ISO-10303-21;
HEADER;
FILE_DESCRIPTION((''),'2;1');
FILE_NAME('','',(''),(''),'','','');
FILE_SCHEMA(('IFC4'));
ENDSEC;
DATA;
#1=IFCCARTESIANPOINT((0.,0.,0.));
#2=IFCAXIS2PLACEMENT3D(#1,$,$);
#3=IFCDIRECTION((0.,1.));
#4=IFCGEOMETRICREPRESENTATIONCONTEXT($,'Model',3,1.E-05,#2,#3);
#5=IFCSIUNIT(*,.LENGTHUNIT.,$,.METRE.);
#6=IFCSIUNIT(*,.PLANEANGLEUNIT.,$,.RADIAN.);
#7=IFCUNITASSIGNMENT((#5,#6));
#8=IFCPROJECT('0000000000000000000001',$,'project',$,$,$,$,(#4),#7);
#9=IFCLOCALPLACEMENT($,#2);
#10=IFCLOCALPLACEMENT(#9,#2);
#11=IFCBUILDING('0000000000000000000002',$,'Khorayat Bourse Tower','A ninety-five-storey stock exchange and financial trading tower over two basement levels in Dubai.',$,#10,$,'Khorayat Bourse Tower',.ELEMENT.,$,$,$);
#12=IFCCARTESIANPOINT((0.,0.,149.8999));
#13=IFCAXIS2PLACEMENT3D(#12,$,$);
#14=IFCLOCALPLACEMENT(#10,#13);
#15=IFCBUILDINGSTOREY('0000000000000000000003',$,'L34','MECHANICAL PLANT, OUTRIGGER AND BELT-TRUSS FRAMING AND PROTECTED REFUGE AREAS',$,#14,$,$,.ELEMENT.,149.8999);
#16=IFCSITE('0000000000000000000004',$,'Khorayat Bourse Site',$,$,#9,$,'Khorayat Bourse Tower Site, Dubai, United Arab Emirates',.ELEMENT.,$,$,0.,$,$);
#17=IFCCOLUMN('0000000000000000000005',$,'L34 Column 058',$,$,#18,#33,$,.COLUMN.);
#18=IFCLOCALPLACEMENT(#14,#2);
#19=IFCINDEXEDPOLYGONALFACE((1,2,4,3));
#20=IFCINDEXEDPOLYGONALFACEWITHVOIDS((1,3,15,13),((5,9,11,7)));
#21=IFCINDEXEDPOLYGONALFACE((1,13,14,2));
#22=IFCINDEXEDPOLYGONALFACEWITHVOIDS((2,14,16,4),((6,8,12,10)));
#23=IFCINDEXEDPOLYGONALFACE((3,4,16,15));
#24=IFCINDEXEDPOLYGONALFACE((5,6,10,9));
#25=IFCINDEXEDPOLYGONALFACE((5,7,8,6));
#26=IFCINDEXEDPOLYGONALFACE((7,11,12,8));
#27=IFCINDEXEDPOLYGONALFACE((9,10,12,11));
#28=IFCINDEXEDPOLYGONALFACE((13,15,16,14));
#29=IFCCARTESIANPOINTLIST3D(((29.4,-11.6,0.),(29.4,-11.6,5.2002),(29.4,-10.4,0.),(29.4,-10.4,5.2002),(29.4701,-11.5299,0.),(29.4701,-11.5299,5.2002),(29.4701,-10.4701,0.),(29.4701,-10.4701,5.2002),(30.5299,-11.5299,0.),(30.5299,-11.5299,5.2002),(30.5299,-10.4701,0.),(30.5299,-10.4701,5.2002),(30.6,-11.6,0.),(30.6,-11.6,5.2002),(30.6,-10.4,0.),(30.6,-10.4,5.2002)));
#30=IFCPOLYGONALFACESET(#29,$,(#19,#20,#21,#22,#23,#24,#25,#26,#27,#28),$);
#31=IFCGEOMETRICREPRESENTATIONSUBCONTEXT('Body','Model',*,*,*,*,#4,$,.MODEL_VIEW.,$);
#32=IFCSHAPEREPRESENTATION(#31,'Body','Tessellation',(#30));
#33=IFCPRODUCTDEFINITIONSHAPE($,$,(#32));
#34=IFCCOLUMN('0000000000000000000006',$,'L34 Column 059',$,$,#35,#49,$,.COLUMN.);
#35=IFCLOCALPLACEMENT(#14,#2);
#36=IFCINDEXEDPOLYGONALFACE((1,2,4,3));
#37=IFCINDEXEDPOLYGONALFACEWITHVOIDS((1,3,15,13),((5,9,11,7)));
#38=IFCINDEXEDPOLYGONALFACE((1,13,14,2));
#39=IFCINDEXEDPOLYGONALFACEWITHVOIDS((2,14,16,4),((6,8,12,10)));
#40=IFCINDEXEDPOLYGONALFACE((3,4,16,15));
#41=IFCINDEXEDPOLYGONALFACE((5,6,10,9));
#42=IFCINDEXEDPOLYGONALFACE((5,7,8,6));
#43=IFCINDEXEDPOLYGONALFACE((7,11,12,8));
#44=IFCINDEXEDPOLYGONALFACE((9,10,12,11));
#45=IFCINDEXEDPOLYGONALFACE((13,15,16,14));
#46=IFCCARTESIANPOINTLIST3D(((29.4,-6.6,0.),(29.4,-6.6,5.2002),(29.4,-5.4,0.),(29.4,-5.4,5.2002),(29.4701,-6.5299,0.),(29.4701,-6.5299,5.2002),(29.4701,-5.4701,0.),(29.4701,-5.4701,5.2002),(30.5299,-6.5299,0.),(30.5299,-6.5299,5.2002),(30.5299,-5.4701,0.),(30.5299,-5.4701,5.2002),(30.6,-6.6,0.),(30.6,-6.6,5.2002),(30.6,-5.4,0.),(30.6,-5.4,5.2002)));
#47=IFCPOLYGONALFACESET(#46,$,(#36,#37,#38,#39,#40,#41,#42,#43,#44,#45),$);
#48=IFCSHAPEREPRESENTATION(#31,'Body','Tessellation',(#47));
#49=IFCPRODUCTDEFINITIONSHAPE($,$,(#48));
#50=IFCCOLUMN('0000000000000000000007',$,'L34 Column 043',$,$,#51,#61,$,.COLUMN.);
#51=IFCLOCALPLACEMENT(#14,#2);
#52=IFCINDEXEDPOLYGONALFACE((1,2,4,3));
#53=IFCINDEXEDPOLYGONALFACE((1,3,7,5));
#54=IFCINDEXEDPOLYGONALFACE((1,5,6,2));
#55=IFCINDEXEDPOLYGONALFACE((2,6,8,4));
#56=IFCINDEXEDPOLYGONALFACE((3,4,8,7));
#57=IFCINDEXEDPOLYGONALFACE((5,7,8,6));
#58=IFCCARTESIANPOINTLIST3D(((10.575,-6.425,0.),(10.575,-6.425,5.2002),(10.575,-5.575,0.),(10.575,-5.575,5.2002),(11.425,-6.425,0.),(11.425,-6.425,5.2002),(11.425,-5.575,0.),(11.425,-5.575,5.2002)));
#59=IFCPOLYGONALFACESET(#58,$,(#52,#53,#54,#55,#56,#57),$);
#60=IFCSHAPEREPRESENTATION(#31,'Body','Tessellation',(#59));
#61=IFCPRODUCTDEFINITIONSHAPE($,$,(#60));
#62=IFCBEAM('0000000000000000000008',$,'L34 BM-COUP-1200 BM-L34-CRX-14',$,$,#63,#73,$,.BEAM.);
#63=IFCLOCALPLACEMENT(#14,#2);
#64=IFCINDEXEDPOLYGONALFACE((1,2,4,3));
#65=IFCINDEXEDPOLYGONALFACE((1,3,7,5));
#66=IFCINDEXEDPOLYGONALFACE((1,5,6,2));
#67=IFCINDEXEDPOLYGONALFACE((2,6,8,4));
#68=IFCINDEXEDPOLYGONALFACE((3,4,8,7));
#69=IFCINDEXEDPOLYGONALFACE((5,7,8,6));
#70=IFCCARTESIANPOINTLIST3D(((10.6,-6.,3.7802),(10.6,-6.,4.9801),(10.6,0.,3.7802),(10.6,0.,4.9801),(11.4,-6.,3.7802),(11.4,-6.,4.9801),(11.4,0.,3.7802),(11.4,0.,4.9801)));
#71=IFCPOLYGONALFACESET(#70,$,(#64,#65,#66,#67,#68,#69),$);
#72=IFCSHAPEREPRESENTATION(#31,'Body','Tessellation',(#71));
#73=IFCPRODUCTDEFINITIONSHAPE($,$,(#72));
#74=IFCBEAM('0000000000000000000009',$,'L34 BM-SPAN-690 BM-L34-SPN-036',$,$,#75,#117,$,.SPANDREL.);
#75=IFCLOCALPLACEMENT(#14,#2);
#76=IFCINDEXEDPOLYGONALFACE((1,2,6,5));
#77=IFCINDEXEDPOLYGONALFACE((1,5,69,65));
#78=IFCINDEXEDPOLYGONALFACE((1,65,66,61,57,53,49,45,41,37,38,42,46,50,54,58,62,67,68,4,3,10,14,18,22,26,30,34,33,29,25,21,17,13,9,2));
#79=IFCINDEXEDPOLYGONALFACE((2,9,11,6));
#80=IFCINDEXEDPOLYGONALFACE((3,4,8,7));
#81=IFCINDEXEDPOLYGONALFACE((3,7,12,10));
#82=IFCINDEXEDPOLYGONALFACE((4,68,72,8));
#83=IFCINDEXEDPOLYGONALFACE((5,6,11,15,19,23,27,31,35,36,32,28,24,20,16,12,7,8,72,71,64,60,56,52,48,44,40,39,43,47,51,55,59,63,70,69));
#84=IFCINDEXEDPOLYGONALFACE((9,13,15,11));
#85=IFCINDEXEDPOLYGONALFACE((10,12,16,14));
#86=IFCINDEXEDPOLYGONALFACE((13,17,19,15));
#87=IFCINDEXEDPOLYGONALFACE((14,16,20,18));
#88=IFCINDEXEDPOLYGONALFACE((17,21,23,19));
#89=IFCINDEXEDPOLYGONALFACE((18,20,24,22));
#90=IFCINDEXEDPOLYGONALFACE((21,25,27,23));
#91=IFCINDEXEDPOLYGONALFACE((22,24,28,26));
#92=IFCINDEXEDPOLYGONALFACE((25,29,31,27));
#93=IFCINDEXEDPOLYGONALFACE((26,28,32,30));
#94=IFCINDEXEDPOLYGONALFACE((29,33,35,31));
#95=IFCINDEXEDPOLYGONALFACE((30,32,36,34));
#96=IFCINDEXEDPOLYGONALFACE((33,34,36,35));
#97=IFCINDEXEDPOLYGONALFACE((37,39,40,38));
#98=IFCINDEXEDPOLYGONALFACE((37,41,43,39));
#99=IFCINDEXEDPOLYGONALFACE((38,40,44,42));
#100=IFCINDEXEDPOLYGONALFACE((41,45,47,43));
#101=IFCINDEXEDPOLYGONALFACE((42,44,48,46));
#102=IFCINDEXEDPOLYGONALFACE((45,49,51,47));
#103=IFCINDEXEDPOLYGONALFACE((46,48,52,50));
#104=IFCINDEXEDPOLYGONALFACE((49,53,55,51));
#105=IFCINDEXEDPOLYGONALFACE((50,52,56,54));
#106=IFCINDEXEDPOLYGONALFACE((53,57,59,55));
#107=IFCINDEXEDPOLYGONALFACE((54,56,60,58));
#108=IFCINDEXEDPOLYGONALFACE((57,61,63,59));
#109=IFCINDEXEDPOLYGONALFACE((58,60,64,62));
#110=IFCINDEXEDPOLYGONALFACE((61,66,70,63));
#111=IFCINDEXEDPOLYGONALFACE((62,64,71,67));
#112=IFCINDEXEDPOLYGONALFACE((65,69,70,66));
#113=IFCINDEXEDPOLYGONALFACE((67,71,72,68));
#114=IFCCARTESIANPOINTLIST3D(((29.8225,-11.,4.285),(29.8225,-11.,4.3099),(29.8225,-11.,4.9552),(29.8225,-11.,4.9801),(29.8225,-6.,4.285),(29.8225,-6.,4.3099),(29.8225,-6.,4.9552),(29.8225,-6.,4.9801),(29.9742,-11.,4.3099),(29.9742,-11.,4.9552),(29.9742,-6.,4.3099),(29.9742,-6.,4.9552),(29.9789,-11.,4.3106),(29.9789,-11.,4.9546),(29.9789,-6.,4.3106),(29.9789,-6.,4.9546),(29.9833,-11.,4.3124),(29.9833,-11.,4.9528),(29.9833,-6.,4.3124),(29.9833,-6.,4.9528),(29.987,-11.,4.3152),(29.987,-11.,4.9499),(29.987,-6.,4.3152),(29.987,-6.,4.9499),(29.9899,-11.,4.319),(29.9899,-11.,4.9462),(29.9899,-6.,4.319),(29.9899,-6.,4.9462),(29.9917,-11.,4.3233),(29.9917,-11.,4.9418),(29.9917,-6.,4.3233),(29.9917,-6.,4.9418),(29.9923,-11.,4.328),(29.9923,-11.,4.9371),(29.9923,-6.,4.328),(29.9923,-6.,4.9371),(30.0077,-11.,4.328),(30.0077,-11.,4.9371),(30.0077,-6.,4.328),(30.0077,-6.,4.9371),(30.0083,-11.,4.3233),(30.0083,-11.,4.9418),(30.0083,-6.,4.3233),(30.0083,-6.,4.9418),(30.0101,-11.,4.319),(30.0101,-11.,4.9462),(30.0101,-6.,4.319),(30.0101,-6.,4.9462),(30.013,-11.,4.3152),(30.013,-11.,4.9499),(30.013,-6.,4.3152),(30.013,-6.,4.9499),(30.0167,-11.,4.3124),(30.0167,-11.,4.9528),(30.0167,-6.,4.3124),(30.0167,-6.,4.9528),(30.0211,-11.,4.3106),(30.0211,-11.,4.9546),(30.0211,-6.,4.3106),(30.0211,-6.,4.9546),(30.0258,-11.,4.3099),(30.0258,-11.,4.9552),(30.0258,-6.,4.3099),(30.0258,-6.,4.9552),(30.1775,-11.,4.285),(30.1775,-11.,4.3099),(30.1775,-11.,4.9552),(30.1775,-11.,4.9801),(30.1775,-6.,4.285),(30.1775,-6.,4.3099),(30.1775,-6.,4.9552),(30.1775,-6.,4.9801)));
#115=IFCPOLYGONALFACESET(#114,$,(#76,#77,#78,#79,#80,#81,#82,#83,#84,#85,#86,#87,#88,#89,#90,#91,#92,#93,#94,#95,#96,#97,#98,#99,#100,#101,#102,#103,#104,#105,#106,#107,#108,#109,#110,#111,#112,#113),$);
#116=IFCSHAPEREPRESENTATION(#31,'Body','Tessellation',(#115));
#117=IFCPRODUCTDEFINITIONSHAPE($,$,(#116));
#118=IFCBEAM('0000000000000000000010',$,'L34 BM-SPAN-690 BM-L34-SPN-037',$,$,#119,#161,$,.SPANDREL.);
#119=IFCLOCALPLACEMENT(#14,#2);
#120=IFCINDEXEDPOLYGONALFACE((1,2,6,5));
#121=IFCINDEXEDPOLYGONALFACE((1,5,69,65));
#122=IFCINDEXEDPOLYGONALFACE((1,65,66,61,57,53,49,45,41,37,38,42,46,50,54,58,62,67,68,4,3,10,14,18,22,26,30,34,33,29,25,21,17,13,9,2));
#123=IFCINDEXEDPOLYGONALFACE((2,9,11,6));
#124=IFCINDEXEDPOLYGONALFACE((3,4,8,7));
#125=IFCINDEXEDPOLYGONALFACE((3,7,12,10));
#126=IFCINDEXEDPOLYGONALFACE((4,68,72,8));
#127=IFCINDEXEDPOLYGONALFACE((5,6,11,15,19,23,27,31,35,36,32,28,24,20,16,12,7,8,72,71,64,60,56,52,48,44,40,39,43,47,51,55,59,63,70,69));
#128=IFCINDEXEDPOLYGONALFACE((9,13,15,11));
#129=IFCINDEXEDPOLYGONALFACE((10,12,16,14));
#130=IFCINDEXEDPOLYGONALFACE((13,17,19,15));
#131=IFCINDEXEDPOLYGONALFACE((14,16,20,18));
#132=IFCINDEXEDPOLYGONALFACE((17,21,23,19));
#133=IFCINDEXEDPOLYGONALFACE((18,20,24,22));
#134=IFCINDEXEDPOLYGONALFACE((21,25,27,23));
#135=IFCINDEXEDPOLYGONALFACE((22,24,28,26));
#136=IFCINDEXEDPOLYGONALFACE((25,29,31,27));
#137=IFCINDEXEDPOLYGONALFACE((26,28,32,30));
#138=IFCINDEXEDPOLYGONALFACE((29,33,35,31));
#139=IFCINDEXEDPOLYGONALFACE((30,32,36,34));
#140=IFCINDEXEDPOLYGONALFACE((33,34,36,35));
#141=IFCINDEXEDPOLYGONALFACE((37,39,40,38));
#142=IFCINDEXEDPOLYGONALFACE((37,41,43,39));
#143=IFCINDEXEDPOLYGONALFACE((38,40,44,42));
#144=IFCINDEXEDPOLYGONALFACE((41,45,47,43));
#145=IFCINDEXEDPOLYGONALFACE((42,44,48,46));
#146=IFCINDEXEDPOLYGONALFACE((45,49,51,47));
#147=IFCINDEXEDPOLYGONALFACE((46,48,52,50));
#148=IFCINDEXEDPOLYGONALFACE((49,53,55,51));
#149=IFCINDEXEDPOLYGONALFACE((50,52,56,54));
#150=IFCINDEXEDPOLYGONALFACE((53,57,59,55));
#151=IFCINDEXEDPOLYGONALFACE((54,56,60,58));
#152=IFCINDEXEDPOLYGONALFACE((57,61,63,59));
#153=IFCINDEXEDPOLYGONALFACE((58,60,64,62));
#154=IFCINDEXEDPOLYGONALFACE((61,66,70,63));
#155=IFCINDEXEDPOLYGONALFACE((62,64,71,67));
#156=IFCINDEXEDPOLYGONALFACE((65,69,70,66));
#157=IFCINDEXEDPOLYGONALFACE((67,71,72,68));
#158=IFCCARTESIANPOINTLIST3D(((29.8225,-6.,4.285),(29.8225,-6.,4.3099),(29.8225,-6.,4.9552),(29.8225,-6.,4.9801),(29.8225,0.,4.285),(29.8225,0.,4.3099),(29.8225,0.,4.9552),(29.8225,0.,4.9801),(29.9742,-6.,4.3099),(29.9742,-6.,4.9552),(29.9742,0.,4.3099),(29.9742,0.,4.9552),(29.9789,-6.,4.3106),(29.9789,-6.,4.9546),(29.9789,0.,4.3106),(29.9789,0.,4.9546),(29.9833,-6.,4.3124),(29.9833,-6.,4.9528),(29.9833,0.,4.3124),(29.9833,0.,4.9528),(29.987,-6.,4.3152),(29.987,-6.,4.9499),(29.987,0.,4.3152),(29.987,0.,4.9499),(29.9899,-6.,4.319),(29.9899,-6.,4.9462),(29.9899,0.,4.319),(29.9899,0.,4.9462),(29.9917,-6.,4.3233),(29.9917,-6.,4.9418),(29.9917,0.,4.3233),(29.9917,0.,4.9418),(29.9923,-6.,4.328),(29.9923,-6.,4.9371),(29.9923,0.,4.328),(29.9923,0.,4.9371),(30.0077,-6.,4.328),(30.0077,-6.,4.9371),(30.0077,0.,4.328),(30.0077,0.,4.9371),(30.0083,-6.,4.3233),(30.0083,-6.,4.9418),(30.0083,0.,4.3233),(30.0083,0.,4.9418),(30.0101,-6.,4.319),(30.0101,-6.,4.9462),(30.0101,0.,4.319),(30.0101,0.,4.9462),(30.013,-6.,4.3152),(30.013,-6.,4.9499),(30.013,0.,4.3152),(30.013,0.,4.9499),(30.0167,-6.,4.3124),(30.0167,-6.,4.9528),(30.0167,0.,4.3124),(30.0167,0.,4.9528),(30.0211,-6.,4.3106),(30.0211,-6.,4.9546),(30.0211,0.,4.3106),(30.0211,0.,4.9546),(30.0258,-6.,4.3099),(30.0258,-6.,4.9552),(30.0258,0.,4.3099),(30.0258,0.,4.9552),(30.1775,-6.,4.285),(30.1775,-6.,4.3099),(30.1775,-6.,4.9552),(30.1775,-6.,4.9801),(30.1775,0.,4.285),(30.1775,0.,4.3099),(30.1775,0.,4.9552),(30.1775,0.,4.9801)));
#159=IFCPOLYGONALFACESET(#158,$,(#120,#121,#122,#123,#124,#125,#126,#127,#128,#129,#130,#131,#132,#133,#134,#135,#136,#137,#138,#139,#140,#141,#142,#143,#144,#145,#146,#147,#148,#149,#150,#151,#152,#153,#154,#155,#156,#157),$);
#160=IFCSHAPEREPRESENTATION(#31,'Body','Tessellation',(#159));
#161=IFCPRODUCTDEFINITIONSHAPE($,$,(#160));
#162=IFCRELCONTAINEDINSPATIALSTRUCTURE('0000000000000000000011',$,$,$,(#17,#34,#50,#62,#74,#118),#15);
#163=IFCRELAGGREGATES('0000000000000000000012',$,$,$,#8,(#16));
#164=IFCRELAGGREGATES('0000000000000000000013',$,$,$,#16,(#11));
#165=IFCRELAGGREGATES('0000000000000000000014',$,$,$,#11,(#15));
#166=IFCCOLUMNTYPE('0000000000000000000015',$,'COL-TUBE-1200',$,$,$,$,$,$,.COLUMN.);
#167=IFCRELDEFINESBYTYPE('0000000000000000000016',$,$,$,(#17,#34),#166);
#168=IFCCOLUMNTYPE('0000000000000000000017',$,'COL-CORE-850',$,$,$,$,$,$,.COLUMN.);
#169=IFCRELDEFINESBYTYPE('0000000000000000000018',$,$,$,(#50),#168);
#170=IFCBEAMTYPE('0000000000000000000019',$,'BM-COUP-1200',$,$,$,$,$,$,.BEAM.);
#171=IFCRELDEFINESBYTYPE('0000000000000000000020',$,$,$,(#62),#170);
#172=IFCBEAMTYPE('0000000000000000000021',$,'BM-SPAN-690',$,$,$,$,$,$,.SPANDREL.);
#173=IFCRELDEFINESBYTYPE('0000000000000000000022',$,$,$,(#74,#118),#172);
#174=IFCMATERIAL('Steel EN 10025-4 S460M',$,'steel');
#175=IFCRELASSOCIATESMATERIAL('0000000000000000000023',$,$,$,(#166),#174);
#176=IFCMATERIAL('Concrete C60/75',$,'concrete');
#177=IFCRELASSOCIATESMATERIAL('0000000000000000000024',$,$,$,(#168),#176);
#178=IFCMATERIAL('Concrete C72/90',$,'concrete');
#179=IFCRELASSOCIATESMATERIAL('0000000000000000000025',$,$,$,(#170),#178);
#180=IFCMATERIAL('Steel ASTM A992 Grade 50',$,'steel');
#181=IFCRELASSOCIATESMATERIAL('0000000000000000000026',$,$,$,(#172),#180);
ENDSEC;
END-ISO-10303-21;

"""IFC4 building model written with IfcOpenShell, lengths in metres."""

from ifc_helpers import new_model, si_unit, direction, frame, origin, origin_2d, place, context, subcontext, project, spatial, rectangle, hollow_rectangle, i_section, extrude, source, transform, mapped, material, material_profile, profile_set, type_object, element, save


model = new_model("IFC4")

# Units and contexts
model_context = context("Model", 3, precision=1e-05, world=origin(), true_north=direction((0.0, 1.0)))
body_context = subcontext(model_context, "Body", "Model", "MODEL_VIEW")
ifc_project = project(units=[si_unit("LENGTHUNIT", "METRE"), si_unit("PLANEANGLEUNIT", "RADIAN")], contexts=[model_context])

# Site, building, storey
site_placement = place(None, origin())
site = spatial("IfcSite", under=ifc_project, at=site_placement, Name="Khorayat Bourse Site", LongName="Khorayat Bourse Tower Site, Dubai, United Arab Emirates", CompositionType="ELEMENT", RefElevation=0.0)
building_placement = place(site_placement, origin())
building = spatial("IfcBuilding", under=site, at=building_placement, Name="Khorayat Bourse Tower", Description="A ninety-five-storey stock exchange and financial trading tower over two basement levels in Dubai.", LongName="Khorayat Bourse Tower", CompositionType="ELEMENT")
storey_placement = place(building_placement, frame((0.0, 0.0, 149.8999)))
storey = spatial("IfcBuildingStorey", under=building, at=storey_placement, Name="L34", Description="MECHANICAL PLANT, OUTRIGGER AND BELT-TRUSS FRAMING AND PROTECTED REFUGE AREAS", CompositionType="ELEMENT", Elevation=149.8999)

# Columns
ifc_material_1 = material(Name="Steel EN 10025-4 S460M", Category="steel")
ifc_material_profile_1 = material_profile(ifc_material_1, hollow_rectangle(XDim=1.2, YDim=1.2, WallThickness=0.0701, at=origin_2d()), Name="BOX 1200x1200x70")
ifc_profile_set_1 = profile_set([ifc_material_profile_1], Name="Steel EN 10025-4 S460M")
column_type_1 = type_object("IfcColumnType", Name="COL-TUBE-1200", PredefinedType="COLUMN", material=ifc_profile_set_1)
shared_shape_1 = source(origin(), body_context, "Body", "SweptSolid", [
    extrude(hollow_rectangle(XDim=1.2, YDim=1.2, WallThickness=0.0701, at=origin_2d()), origin(), (0.0, 0.0, 1.0), 5.2002),
])
for number, where, z_axis, x_axis, name in (
    (1, (30.0, -11.0, 0.0), (0.0, 0.0, 1.0), (1.0, 0.0, 0.0), "L34 Column 058"),
    (2, (30.0, -6.0, 0.0), (0.0, 0.0, 1.0), (1.0, 0.0, 0.0), "L34 Column 059"),
):
    element("IfcColumn", number, at=place(storey_placement, frame(where, z_axis=z_axis, x_axis=x_axis)), inside=storey, type_object=column_type_1, Name=name, PredefinedType="COLUMN", context=body_context, shape_type="MappedRepresentation", body=[
        mapped(shared_shape_1, transform((0.0, 0.0, 0.0), scale=1.0)),
    ])
ifc_material_2 = material(Name="Concrete C60/75", Category="concrete")
ifc_material_profile_2 = material_profile(ifc_material_2, rectangle(XDim=0.8501, YDim=0.8501, at=origin_2d()), Name="RC 850x850")
ifc_profile_set_2 = profile_set([ifc_material_profile_2], Name="Concrete C60/75")
column_type_2 = type_object("IfcColumnType", Name="COL-CORE-850", PredefinedType="COLUMN", material=ifc_profile_set_2)
shared_shape_2 = source(origin(), body_context, "Body", "SweptSolid", [
    extrude(rectangle(XDim=0.8501, YDim=0.8501, at=origin_2d()), origin(), (0.0, 0.0, 1.0), 5.2002),
])
column_placement = place(storey_placement, frame((11.0, -6.0, 0.0), z_axis=(0.0, 0.0, 1.0), x_axis=(1.0, 0.0, 0.0)))
element("IfcColumn", 3, at=column_placement, inside=storey, type_object=column_type_2, Name="L34 Column 043", PredefinedType="COLUMN", context=body_context, shape_type="MappedRepresentation", body=[
    mapped(shared_shape_2, transform((0.0, 0.0, 0.0), scale=1.0)),
])

# Beams
ifc_material_3 = material(Name="Concrete C72/90", Category="concrete")
ifc_material_profile_3 = material_profile(ifc_material_3, rectangle(XDim=0.8, YDim=1.2, at=origin_2d()), Name="RC 800x1200")
ifc_profile_set_3 = profile_set([ifc_material_profile_3], Name="Concrete C72/90")
beam_type_1 = type_object("IfcBeamType", Name="BM-COUP-1200", PredefinedType="BEAM", material=ifc_profile_set_3)
shared_shape_3 = source(origin(), body_context, "Body", "SweptSolid", [
    extrude(rectangle(XDim=0.8, YDim=1.2, at=origin_2d()), origin(), (0.0, 0.0, 1.0), 6.0),
])
beam_1_placement = place(storey_placement, frame((11.0, -6.0, 4.3801), z_axis=(0.0, 1.0, 0.0), x_axis=(-1.0, 0.0, 0.0)))
element("IfcBeam", 4, at=beam_1_placement, inside=storey, type_object=beam_type_1, Name="L34 BM-COUP-1200 BM-L34-CRX-14", PredefinedType="BEAM", context=body_context, shape_type="MappedRepresentation", body=[
    mapped(shared_shape_3, transform((0.0, 0.0, 0.0), scale=1.0)),
])
ifc_material_4 = material(Name="Steel ASTM A992 Grade 50", Category="steel")
ifc_material_profile_4 = material_profile(ifc_material_4, i_section(OverallWidth=0.355, OverallDepth=0.6951, WebThickness=0.0154, FlangeThickness=0.0249, FilletRadius=0.0181, at=origin_2d()), Name="W690X217")
ifc_profile_set_4 = profile_set([ifc_material_profile_4], Name="Steel ASTM A992 Grade 50")
beam_type_2 = type_object("IfcBeamType", Name="BM-SPAN-690", PredefinedType="SPANDREL", material=ifc_profile_set_4)
shared_shape_4 = source(origin(), body_context, "Body", "SweptSolid", [
    extrude(i_section(OverallWidth=0.355, OverallDepth=0.6951, WebThickness=0.0154, FlangeThickness=0.0249, FilletRadius=0.0181, at=origin_2d()), origin(), (0.0, 0.0, 1.0), 5.0),
])
beam_2_placement = place(storey_placement, frame((30.0, -11.0, 4.6326), z_axis=(0.0, 1.0, 0.0), x_axis=(-1.0, 0.0, 0.0)))
element("IfcBeam", 5, at=beam_2_placement, inside=storey, type_object=beam_type_2, Name="L34 BM-SPAN-690 BM-L34-SPN-036", PredefinedType="SPANDREL", context=body_context, shape_type="MappedRepresentation", body=[
    mapped(shared_shape_4, transform((0.0, 0.0, 0.0), scale=1.0)),
])
shared_shape_5 = source(origin(), body_context, "Body", "SweptSolid", [
    extrude(i_section(OverallWidth=0.355, OverallDepth=0.6951, WebThickness=0.0154, FlangeThickness=0.0249, FilletRadius=0.0181, at=origin_2d()), origin(), (0.0, 0.0, 1.0), 6.0),
])
beam_3_placement = place(storey_placement, frame((30.0, -6.0, 4.6326), z_axis=(0.0, 1.0, 0.0), x_axis=(-1.0, 0.0, 0.0)))
element("IfcBeam", 6, at=beam_3_placement, inside=storey, type_object=beam_type_2, Name="L34 BM-SPAN-690 BM-L34-SPN-037", PredefinedType="SPANDREL", context=body_context, shape_type="MappedRepresentation", body=[
    mapped(shared_shape_5, transform((0.0, 0.0, 0.0), scale=1.0)),
])

save(model, "model.ifc")
